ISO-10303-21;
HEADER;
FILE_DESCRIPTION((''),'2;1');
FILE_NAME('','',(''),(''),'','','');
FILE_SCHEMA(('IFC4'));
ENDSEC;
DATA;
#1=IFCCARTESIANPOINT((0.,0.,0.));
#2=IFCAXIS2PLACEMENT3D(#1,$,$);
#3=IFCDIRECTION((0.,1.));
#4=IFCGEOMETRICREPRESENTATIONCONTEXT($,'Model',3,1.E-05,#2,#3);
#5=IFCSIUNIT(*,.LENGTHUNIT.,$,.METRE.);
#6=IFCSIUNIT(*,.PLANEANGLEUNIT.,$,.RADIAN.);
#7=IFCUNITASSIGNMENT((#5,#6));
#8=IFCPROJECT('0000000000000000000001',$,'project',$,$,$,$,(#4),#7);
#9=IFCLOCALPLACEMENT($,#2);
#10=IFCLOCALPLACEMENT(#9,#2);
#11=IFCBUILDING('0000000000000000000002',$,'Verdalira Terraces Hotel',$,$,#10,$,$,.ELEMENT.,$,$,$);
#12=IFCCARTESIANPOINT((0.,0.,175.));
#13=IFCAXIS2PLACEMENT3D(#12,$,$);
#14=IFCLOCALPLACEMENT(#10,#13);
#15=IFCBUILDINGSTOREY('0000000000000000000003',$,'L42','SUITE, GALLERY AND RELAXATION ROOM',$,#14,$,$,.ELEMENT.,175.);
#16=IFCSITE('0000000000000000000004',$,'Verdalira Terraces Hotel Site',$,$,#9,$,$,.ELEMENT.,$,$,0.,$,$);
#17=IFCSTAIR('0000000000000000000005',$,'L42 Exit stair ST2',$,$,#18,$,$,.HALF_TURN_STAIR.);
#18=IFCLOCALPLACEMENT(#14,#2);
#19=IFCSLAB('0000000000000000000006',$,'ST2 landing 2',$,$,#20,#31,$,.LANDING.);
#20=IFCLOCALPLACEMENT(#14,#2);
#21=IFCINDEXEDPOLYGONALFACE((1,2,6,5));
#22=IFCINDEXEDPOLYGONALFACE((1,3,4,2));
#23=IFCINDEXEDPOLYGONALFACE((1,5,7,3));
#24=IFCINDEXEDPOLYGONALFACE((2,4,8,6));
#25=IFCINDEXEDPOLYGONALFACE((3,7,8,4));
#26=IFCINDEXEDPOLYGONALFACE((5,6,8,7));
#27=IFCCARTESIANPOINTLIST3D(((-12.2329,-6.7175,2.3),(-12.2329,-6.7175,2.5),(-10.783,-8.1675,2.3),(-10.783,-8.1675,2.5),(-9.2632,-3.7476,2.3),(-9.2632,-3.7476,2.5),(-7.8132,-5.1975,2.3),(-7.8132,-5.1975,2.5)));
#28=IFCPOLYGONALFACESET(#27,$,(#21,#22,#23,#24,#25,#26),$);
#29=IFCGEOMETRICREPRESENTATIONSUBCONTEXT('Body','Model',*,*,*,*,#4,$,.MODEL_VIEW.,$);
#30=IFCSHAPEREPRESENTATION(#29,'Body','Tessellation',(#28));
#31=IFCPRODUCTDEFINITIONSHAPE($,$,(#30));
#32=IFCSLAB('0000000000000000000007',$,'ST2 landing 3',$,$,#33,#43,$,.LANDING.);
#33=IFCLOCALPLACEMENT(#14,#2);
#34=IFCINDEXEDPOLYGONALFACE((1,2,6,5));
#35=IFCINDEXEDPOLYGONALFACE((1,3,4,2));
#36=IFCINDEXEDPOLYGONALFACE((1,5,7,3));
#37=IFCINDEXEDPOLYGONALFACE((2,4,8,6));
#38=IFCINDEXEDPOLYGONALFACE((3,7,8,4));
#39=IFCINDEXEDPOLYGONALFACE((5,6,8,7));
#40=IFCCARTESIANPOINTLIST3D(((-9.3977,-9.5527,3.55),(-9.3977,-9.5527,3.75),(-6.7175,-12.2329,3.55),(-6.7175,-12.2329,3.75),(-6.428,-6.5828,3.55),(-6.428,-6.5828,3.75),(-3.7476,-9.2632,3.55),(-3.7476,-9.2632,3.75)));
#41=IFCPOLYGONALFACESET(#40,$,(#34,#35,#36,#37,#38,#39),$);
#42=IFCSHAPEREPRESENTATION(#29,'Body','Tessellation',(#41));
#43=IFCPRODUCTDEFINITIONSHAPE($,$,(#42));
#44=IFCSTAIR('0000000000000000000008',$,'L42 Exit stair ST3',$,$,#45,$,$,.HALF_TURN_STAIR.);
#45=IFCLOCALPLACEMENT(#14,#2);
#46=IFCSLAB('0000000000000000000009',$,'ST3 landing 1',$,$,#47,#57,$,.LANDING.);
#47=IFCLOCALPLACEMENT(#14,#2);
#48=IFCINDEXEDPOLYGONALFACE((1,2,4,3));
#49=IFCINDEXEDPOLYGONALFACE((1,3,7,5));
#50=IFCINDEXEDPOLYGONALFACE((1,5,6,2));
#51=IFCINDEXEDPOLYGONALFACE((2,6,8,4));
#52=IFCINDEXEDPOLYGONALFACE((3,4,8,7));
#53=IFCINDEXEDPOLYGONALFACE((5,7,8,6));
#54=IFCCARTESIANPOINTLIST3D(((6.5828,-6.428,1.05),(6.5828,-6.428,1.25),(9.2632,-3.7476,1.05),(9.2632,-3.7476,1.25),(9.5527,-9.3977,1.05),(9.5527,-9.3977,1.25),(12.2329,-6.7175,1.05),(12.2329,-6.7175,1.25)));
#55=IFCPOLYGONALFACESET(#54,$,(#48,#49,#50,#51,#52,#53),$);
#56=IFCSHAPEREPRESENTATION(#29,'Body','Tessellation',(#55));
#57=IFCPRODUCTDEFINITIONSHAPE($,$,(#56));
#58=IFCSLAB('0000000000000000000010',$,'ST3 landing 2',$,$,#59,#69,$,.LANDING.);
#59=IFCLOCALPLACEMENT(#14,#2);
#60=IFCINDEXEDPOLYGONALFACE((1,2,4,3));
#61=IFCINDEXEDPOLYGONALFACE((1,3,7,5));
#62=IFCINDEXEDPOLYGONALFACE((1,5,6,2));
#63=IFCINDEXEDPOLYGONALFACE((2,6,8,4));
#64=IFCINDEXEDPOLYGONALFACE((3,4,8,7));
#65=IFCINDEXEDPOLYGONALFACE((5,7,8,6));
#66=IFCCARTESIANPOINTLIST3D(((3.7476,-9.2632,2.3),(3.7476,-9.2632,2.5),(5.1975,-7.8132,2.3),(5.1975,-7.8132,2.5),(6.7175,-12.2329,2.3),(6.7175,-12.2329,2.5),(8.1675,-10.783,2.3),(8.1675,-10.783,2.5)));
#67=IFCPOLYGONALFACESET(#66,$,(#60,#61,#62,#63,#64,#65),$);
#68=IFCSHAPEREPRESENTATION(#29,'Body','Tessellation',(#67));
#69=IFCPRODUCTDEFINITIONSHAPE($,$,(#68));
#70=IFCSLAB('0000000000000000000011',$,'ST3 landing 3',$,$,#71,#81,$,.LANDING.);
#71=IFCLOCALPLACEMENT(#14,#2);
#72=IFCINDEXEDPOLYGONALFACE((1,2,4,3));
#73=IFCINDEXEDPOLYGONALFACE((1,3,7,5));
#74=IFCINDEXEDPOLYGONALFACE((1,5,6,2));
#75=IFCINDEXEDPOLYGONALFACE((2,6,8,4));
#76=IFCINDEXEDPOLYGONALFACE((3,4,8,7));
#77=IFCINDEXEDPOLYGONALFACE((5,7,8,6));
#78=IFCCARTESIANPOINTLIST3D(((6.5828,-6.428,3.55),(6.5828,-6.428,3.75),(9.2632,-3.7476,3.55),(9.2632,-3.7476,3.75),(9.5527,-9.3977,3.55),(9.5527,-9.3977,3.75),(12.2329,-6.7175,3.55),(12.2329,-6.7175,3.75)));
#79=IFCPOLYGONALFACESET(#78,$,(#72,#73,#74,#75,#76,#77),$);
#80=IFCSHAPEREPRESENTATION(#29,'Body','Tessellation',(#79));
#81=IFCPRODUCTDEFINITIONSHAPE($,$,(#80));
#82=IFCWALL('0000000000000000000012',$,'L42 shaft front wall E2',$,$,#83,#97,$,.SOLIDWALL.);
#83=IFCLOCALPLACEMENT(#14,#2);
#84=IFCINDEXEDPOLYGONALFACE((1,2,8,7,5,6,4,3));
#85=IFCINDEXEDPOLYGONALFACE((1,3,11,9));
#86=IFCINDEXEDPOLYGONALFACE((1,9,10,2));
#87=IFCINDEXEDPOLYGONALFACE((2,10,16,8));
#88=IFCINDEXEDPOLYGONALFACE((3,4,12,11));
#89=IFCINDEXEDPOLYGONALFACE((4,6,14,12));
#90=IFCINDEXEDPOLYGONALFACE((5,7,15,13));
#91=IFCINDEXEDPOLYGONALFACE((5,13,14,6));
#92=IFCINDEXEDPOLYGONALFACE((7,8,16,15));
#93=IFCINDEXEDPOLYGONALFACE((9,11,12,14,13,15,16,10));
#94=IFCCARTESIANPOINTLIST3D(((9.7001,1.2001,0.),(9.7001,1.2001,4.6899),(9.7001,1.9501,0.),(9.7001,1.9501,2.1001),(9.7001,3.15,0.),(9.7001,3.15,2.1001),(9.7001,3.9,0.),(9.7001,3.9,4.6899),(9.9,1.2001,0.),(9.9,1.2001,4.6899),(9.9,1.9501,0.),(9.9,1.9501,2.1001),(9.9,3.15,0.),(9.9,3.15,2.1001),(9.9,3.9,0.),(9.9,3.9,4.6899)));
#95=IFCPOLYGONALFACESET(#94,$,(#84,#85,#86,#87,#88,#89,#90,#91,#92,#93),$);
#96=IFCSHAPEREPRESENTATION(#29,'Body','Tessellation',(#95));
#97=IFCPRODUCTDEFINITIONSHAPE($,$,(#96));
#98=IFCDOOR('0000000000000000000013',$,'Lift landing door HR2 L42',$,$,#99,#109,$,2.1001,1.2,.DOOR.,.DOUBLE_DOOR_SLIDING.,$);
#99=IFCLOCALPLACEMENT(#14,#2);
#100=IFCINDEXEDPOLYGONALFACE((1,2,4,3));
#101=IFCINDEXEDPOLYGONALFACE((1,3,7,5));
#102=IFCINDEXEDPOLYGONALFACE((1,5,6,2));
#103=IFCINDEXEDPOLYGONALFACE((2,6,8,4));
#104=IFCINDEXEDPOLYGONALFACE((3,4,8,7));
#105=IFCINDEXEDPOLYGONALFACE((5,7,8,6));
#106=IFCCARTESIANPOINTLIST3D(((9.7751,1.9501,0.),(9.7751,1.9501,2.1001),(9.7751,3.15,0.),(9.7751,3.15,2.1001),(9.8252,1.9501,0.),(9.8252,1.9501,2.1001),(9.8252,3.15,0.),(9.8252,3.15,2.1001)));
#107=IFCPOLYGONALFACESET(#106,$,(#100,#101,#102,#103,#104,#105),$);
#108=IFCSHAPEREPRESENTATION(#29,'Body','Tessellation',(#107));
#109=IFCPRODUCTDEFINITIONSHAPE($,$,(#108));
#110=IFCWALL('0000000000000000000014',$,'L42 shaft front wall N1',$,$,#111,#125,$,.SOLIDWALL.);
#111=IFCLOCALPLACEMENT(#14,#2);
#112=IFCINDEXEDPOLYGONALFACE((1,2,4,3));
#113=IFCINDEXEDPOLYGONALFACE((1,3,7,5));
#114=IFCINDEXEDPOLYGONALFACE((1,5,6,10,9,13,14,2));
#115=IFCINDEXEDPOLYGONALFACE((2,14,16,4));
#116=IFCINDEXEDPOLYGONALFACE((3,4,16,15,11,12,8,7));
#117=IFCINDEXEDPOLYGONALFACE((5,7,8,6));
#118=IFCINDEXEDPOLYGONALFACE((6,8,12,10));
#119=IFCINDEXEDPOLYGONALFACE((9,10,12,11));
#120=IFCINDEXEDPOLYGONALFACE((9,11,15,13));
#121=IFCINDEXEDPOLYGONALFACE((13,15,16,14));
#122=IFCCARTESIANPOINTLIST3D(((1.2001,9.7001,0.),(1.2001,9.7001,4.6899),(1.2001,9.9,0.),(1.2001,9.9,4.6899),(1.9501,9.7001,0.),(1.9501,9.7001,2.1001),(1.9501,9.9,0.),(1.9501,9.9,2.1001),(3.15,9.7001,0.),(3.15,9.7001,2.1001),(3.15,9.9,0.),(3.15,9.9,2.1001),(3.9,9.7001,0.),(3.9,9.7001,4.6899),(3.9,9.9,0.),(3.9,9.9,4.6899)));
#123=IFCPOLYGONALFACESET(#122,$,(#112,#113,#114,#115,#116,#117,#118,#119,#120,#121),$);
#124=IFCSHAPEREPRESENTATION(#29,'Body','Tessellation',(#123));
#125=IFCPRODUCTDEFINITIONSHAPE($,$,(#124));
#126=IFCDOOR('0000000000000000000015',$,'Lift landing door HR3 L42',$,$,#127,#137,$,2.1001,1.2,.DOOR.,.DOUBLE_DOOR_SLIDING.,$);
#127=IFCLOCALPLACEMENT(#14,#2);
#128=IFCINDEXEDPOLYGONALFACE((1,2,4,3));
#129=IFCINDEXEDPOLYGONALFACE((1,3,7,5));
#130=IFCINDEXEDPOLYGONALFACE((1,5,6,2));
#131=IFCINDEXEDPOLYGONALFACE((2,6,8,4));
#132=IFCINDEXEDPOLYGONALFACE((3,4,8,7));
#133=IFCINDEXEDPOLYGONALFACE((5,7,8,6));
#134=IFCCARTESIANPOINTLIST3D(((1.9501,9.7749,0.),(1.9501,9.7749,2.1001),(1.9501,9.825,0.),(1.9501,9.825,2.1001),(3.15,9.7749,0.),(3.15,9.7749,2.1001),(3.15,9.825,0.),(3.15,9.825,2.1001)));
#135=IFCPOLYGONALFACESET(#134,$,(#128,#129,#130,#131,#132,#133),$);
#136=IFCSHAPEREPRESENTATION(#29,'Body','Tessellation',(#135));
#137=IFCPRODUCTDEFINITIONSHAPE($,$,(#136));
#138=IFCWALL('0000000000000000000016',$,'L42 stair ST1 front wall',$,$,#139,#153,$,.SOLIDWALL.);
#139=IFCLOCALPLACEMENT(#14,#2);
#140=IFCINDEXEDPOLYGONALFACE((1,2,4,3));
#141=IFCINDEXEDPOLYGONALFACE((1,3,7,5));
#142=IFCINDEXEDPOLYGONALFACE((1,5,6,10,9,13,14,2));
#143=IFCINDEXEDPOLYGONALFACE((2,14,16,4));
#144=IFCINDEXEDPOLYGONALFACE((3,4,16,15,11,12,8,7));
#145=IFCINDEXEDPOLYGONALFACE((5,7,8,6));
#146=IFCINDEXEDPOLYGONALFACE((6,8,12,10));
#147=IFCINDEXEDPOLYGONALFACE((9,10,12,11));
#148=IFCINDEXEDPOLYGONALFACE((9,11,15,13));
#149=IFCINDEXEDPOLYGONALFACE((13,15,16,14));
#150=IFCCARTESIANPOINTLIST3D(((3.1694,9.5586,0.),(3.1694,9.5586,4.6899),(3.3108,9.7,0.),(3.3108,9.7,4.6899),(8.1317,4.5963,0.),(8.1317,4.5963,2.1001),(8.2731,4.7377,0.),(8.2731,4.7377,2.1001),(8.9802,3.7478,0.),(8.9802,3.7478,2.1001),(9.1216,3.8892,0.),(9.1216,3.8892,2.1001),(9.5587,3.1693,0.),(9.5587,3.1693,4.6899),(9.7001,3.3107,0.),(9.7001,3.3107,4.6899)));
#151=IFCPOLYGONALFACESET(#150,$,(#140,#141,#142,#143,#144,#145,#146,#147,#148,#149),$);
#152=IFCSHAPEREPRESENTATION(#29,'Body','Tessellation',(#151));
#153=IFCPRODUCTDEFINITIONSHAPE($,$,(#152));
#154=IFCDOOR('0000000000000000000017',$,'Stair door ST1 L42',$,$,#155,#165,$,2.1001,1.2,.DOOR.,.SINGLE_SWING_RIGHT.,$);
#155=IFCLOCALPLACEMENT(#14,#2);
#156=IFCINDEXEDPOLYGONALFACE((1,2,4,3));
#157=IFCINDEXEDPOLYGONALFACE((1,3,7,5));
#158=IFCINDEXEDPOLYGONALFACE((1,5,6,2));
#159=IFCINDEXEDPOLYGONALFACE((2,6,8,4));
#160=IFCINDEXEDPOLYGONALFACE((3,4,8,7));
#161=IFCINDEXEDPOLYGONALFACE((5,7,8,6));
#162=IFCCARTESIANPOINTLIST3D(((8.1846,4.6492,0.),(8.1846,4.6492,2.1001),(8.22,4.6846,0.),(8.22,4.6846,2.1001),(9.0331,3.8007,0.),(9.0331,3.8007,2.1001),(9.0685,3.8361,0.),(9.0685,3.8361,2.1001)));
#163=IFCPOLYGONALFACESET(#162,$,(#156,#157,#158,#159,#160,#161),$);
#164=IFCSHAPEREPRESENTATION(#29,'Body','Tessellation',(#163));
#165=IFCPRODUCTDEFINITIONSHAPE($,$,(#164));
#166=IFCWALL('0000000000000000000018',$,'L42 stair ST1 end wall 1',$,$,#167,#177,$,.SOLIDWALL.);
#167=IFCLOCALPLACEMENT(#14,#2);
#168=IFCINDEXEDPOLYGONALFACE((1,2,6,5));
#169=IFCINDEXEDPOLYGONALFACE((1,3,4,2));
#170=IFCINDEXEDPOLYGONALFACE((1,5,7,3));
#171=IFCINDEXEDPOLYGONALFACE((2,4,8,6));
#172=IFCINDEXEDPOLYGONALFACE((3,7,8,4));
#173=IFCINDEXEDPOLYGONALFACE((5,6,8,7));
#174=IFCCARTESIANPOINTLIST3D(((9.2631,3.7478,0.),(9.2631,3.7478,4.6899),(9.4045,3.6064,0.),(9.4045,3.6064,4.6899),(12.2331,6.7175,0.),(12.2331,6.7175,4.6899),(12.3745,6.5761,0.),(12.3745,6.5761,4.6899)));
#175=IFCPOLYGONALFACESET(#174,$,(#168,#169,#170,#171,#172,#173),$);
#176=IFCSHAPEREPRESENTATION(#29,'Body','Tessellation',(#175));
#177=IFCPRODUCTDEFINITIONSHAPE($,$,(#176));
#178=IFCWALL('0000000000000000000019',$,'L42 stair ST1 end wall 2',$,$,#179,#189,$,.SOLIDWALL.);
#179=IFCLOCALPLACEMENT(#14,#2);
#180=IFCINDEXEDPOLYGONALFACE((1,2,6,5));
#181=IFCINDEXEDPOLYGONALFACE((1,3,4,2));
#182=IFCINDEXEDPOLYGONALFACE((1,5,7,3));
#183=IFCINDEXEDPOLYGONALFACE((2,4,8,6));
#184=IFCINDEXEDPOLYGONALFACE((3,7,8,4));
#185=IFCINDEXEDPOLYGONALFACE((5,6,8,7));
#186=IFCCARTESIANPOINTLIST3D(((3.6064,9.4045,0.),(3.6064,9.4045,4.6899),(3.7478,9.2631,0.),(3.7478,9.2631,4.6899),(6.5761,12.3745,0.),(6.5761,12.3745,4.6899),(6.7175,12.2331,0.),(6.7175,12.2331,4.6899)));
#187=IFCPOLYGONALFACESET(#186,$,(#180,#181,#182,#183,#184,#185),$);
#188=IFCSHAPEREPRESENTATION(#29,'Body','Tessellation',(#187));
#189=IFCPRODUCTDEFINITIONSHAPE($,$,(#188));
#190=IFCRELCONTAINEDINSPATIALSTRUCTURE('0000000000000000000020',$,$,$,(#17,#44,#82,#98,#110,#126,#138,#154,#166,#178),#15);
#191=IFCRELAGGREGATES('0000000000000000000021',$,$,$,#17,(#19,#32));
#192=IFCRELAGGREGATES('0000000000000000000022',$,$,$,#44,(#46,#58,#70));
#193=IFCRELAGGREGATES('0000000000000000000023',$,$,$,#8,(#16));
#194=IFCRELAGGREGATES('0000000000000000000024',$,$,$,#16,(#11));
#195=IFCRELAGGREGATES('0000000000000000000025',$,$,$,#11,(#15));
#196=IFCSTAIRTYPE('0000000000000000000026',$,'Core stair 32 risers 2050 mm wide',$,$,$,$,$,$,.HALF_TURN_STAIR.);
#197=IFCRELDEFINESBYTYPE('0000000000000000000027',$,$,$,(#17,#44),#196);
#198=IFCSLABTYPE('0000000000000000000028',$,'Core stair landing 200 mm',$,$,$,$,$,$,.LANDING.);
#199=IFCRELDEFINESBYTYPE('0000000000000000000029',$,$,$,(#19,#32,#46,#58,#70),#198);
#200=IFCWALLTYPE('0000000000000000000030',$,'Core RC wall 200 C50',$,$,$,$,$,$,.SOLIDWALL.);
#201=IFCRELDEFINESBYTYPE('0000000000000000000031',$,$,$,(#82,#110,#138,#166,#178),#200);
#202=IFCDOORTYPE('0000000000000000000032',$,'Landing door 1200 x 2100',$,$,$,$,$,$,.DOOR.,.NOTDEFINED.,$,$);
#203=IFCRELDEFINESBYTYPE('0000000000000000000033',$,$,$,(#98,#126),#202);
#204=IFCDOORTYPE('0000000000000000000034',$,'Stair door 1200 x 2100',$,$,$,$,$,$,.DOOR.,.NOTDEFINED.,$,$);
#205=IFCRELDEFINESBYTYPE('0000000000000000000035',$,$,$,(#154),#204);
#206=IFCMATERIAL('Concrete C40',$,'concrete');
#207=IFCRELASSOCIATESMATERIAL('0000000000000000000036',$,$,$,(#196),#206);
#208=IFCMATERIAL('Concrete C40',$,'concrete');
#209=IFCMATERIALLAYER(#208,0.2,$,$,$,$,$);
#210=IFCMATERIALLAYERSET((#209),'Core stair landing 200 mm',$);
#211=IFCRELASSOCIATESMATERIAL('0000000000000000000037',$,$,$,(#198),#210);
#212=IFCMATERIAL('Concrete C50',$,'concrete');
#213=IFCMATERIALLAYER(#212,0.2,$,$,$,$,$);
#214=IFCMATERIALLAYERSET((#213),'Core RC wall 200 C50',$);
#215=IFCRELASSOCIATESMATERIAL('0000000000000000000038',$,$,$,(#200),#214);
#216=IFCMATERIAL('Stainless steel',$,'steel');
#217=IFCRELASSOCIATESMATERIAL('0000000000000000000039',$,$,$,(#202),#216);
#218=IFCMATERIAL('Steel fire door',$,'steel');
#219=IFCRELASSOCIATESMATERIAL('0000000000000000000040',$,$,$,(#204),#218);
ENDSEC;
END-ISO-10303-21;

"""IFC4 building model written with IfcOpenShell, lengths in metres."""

from ifc_helpers import new_model, si_unit, direction, frame, frame_2d, origin, place, context, subcontext, project, spatial, polyline, rectangle, outline, extrude, material, layer, layer_set, type_object, element, fill, aggregate, save


model = new_model("IFC4")

# Units and contexts
model_context = context("Model", 3, precision=1e-05, world=origin(), true_north=direction((0.0, 1.0)))
body_context = subcontext(model_context, "Body", "Model", "MODEL_VIEW")
ifc_project = project(units=[si_unit("LENGTHUNIT", "METRE"), si_unit("PLANEANGLEUNIT", "RADIAN")], contexts=[model_context])

# Site, building, storey
site_placement = place(None, origin())
site = spatial("IfcSite", under=ifc_project, at=site_placement, Name="Verdalira Terraces Hotel Site", CompositionType="ELEMENT", RefElevation=0.0)
building_placement = place(site_placement, origin())
building = spatial("IfcBuilding", under=site, at=building_placement, Name="Verdalira Terraces Hotel", CompositionType="ELEMENT")
storey_placement = place(building_placement, frame((0.0, 0.0, 175.0)))
storey = spatial("IfcBuildingStorey", under=building, at=storey_placement, Name="L42", Description="SUITE, GALLERY AND RELAXATION ROOM", CompositionType="ELEMENT", Elevation=175.0)

# Stairs, slabs
ifc_material_1 = material(Name="Concrete C40", Category="concrete")
stair_type = type_object("IfcStairType", Name="Core stair 32 risers 2050 mm wide", PredefinedType="HALF_TURN_STAIR", material=ifc_material_1)
stair_1_placement = place(storey_placement, origin())
stair_1 = element("IfcStair", 1, at=stair_1_placement, inside=storey, type_object=stair_type, Name="L42 Exit stair ST2", PredefinedType="HALF_TURN_STAIR")
ifc_material_2 = material(Name="Concrete C40", Category="concrete")
ifc_layer_1 = layer(ifc_material_2, 0.2)
ifc_layer_set_1 = layer_set([ifc_layer_1], Name="Core stair landing 200 mm")
slab_type = type_object("IfcSlabType", Name="Core stair landing 200 mm", PredefinedType="LANDING", material=ifc_layer_set_1)
slab_1_placement = place(storey_placement, frame((0.0, 0.0, 2.3)))
slab_1 = element("IfcSlab", 2, at=slab_1_placement, type_object=slab_type, Name="ST2 landing 2", PredefinedType="LANDING", context=body_context, shape_type="SweptSolid", body=[
    extrude(outline(polyline([(-12.2329, -6.7175), (-10.783, -8.1675), (-7.8132, -5.1975), (-9.2632, -3.7476), (-12.2329, -6.7175)])), origin(), (0.0, 0.0, 1.0), 0.2),
])
slab_2_placement = place(storey_placement, frame((0.0, 0.0, 3.55)))
slab_2 = element("IfcSlab", 3, at=slab_2_placement, type_object=slab_type, Name="ST2 landing 3", PredefinedType="LANDING", context=body_context, shape_type="SweptSolid", body=[
    extrude(outline(polyline([(-9.3977, -9.5527), (-6.7175, -12.2329), (-3.7476, -9.2632), (-6.428, -6.5828), (-9.3977, -9.5527)])), origin(), (0.0, 0.0, 1.0), 0.2),
])
aggregate(stair_1, [slab_1, slab_2])
stair_2_placement = place(storey_placement, origin())
stair_2 = element("IfcStair", 4, at=stair_2_placement, inside=storey, type_object=stair_type, Name="L42 Exit stair ST3", PredefinedType="HALF_TURN_STAIR")
slab_3_placement = place(storey_placement, frame((0.0, 0.0, 1.05)))
slab_3 = element("IfcSlab", 5, at=slab_3_placement, type_object=slab_type, Name="ST3 landing 1", PredefinedType="LANDING", context=body_context, shape_type="SweptSolid", body=[
    extrude(outline(polyline([(9.5527, -9.3977), (12.2329, -6.7175), (9.2632, -3.7476), (6.5828, -6.428), (9.5527, -9.3977)])), origin(), (0.0, 0.0, 1.0), 0.2),
])
slab_4_placement = place(storey_placement, frame((0.0, 0.0, 2.3)))
slab_4 = element("IfcSlab", 6, at=slab_4_placement, type_object=slab_type, Name="ST3 landing 2", PredefinedType="LANDING", context=body_context, shape_type="SweptSolid", body=[
    extrude(outline(polyline([(6.7175, -12.2329), (8.1675, -10.783), (5.1975, -7.8132), (3.7476, -9.2632), (6.7175, -12.2329)])), origin(), (0.0, 0.0, 1.0), 0.2),
])
slab_5_placement = place(storey_placement, frame((0.0, 0.0, 3.55)))
slab_5 = element("IfcSlab", 7, at=slab_5_placement, type_object=slab_type, Name="ST3 landing 3", PredefinedType="LANDING", context=body_context, shape_type="SweptSolid", body=[
    extrude(outline(polyline([(9.5527, -9.3977), (12.2329, -6.7175), (9.2632, -3.7476), (6.5828, -6.428), (9.5527, -9.3977)])), origin(), (0.0, 0.0, 1.0), 0.2),
])
aggregate(stair_2, [slab_3, slab_4, slab_5])

# Walls, openings, doors
ifc_material_3 = material(Name="Concrete C50", Category="concrete")
ifc_layer_2 = layer(ifc_material_3, 0.2)
ifc_layer_set_2 = layer_set([ifc_layer_2], Name="Core RC wall 200 C50")
wall_type_1 = type_object("IfcWallType", Name="Core RC wall 200 C50", PredefinedType="SOLIDWALL", material=ifc_layer_set_2)
wall_1_placement = place(storey_placement, frame((9.8, 1.2, 0.0), z_axis=(0.0, 0.0, 1.0), x_axis=(0.0, 1.0, 0.0)))
wall_1 = element("IfcWall", 8, at=wall_1_placement, inside=storey, type_object=wall_type_1, Name="L42 shaft front wall E2", PredefinedType="SOLIDWALL", context=body_context, shape_type="SweptSolid", body=[
    extrude(rectangle(XDim=2.7, YDim=0.2, at=frame_2d((1.3501, 0.0))), origin(), (0.0, 0.0, 1.0), 4.6899),
])
opening_1_placement = place(wall_1_placement, frame((0.75, 0.0, 0.0)))
opening_1 = element("IfcOpeningElement", 9, at=opening_1_placement, cuts=wall_1, PredefinedType="OPENING", context=body_context, shape_type="SweptSolid", body=[
    extrude(rectangle(XDim=1.2, YDim=2.1001, at=frame_2d((0.6001, 1.05))), frame((0.0, 0.1099, 0.0), z_axis=(0.0, -1.0, 0.0), x_axis=(1.0, 0.0, 0.0)), (0.0, 0.0, 1.0), 0.22),
])
ifc_material_4 = material(Name="Stainless steel", Category="steel")
door_type_1 = type_object("IfcDoorType", Name="Landing door 1200 x 2100", OperationType="NOTDEFINED", PredefinedType="DOOR", material=ifc_material_4)
door_1_placement = place(opening_1_placement, origin())
door_1 = element("IfcDoor", 10, at=door_1_placement, inside=storey, type_object=door_type_1, Name="Lift landing door HR2 L42", OperationType="DOUBLE_DOOR_SLIDING", OverallHeight=2.1001, OverallWidth=1.2, PredefinedType="DOOR", context=body_context, shape_type="SweptSolid", body=[
    extrude(rectangle(XDim=1.2, YDim=2.1001, at=frame_2d((0.6001, 1.05))), frame((0.0, 0.0249, 0.0), z_axis=(0.0, -1.0, 0.0), x_axis=(1.0, 0.0, 0.0)), (0.0, 0.0, 1.0), 0.05),
])
fill(opening_1, door_1)
wall_2_placement = place(storey_placement, frame((1.2, 9.8, 0.0), z_axis=(0.0, 0.0, 1.0), x_axis=(1.0, 0.0, 0.0)))
wall_2 = element("IfcWall", 11, at=wall_2_placement, inside=storey, type_object=wall_type_1, Name="L42 shaft front wall N1", PredefinedType="SOLIDWALL", context=body_context, shape_type="SweptSolid", body=[
    extrude(rectangle(XDim=2.7, YDim=0.2, at=frame_2d((1.3501, 0.0))), origin(), (0.0, 0.0, 1.0), 4.6899),
])
opening_2_placement = place(wall_2_placement, frame((0.75, 0.0, 0.0)))
opening_2 = element("IfcOpeningElement", 12, at=opening_2_placement, cuts=wall_2, PredefinedType="OPENING", context=body_context, shape_type="SweptSolid", body=[
    extrude(rectangle(XDim=1.2, YDim=2.1001, at=frame_2d((0.6001, 1.05))), frame((0.0, 0.1099, 0.0), z_axis=(0.0, -1.0, 0.0), x_axis=(1.0, 0.0, 0.0)), (0.0, 0.0, 1.0), 0.22),
])
door_2_placement = place(opening_2_placement, origin())
door_2 = element("IfcDoor", 13, at=door_2_placement, inside=storey, type_object=door_type_1, Name="Lift landing door HR3 L42", OperationType="DOUBLE_DOOR_SLIDING", OverallHeight=2.1001, OverallWidth=1.2, PredefinedType="DOOR", context=body_context, shape_type="SweptSolid", body=[
    extrude(rectangle(XDim=1.2, YDim=2.1001, at=frame_2d((0.6001, 1.05))), frame((0.0, 0.0249, 0.0), z_axis=(0.0, -1.0, 0.0), x_axis=(1.0, 0.0, 0.0)), (0.0, 0.0, 1.0), 0.05),
])
fill(opening_2, door_2)
wall_3_placement = place(storey_placement, frame((3.24, 9.6294, 0.0), z_axis=(0.0, 0.0, 1.0), x_axis=(0.707107, -0.707107, 0.0)))
wall_3 = element("IfcWall", 14, at=wall_3_placement, inside=storey, type_object=wall_type_1, Name="L42 stair ST1 front wall", PredefinedType="SOLIDWALL", context=body_context, shape_type="SweptSolid", body=[
    extrude(rectangle(XDim=9.0359, YDim=0.2, at=frame_2d((4.5181, 0.0))), origin(), (0.0, 0.0, 1.0), 4.6899),
])
opening_3_placement = place(wall_3_placement, frame((7.0178, 0.0, 0.0)))
opening_3 = element("IfcOpeningElement", 15, at=opening_3_placement, cuts=wall_3, PredefinedType="OPENING", context=body_context, shape_type="SweptSolid", body=[
    extrude(rectangle(XDim=1.2, YDim=2.1001, at=frame_2d((0.6001, 1.05))), frame((0.0, 0.1099, 0.0), z_axis=(0.0, -1.0, 0.0), x_axis=(1.0, 0.0, 0.0)), (0.0, 0.0, 1.0), 0.22),
])
ifc_material_5 = material(Name="Steel fire door", Category="steel")
door_type_2 = type_object("IfcDoorType", Name="Stair door 1200 x 2100", OperationType="NOTDEFINED", PredefinedType="DOOR", material=ifc_material_5)
door_3_placement = place(opening_3_placement, origin())
door_3 = element("IfcDoor", 16, at=door_3_placement, inside=storey, type_object=door_type_2, Name="Stair door ST1 L42", OperationType="SINGLE_SWING_RIGHT", OverallHeight=2.1001, OverallWidth=1.2, PredefinedType="DOOR", context=body_context, shape_type="SweptSolid", body=[
    extrude(rectangle(XDim=1.2, YDim=2.1001, at=frame_2d((0.6001, 1.05))), frame((0.0, 0.0249, 0.0), z_axis=(0.0, -1.0, 0.0), x_axis=(1.0, 0.0, 0.0)), (0.0, 0.0, 1.0), 0.05),
])
fill(opening_3, door_3)

# Walls
for number, where, z_axis, x_axis, name in (
    (17, (9.3337, 3.677, 0.0), (0.0, 0.0, 1.0), (0.707136, 0.707078, 0.0), "L42 stair ST1 end wall 1"),
    (18, (3.677, 9.3337, 0.0), (0.0, 0.0, 1.0), (0.707078, 0.707136, 0.0), "L42 stair ST1 end wall 2"),
):
    element("IfcWall", number, at=place(storey_placement, frame(where, z_axis=z_axis, x_axis=x_axis)), inside=storey, type_object=wall_type_1, Name=name, PredefinedType="SOLIDWALL", context=body_context, shape_type="SweptSolid", body=[
        extrude(rectangle(XDim=4.2, YDim=0.2, at=frame_2d((2.1001, 0.0))), origin(), (0.0, 0.0, 1.0), 4.6899),
    ])

save(model, "model.ifc")
